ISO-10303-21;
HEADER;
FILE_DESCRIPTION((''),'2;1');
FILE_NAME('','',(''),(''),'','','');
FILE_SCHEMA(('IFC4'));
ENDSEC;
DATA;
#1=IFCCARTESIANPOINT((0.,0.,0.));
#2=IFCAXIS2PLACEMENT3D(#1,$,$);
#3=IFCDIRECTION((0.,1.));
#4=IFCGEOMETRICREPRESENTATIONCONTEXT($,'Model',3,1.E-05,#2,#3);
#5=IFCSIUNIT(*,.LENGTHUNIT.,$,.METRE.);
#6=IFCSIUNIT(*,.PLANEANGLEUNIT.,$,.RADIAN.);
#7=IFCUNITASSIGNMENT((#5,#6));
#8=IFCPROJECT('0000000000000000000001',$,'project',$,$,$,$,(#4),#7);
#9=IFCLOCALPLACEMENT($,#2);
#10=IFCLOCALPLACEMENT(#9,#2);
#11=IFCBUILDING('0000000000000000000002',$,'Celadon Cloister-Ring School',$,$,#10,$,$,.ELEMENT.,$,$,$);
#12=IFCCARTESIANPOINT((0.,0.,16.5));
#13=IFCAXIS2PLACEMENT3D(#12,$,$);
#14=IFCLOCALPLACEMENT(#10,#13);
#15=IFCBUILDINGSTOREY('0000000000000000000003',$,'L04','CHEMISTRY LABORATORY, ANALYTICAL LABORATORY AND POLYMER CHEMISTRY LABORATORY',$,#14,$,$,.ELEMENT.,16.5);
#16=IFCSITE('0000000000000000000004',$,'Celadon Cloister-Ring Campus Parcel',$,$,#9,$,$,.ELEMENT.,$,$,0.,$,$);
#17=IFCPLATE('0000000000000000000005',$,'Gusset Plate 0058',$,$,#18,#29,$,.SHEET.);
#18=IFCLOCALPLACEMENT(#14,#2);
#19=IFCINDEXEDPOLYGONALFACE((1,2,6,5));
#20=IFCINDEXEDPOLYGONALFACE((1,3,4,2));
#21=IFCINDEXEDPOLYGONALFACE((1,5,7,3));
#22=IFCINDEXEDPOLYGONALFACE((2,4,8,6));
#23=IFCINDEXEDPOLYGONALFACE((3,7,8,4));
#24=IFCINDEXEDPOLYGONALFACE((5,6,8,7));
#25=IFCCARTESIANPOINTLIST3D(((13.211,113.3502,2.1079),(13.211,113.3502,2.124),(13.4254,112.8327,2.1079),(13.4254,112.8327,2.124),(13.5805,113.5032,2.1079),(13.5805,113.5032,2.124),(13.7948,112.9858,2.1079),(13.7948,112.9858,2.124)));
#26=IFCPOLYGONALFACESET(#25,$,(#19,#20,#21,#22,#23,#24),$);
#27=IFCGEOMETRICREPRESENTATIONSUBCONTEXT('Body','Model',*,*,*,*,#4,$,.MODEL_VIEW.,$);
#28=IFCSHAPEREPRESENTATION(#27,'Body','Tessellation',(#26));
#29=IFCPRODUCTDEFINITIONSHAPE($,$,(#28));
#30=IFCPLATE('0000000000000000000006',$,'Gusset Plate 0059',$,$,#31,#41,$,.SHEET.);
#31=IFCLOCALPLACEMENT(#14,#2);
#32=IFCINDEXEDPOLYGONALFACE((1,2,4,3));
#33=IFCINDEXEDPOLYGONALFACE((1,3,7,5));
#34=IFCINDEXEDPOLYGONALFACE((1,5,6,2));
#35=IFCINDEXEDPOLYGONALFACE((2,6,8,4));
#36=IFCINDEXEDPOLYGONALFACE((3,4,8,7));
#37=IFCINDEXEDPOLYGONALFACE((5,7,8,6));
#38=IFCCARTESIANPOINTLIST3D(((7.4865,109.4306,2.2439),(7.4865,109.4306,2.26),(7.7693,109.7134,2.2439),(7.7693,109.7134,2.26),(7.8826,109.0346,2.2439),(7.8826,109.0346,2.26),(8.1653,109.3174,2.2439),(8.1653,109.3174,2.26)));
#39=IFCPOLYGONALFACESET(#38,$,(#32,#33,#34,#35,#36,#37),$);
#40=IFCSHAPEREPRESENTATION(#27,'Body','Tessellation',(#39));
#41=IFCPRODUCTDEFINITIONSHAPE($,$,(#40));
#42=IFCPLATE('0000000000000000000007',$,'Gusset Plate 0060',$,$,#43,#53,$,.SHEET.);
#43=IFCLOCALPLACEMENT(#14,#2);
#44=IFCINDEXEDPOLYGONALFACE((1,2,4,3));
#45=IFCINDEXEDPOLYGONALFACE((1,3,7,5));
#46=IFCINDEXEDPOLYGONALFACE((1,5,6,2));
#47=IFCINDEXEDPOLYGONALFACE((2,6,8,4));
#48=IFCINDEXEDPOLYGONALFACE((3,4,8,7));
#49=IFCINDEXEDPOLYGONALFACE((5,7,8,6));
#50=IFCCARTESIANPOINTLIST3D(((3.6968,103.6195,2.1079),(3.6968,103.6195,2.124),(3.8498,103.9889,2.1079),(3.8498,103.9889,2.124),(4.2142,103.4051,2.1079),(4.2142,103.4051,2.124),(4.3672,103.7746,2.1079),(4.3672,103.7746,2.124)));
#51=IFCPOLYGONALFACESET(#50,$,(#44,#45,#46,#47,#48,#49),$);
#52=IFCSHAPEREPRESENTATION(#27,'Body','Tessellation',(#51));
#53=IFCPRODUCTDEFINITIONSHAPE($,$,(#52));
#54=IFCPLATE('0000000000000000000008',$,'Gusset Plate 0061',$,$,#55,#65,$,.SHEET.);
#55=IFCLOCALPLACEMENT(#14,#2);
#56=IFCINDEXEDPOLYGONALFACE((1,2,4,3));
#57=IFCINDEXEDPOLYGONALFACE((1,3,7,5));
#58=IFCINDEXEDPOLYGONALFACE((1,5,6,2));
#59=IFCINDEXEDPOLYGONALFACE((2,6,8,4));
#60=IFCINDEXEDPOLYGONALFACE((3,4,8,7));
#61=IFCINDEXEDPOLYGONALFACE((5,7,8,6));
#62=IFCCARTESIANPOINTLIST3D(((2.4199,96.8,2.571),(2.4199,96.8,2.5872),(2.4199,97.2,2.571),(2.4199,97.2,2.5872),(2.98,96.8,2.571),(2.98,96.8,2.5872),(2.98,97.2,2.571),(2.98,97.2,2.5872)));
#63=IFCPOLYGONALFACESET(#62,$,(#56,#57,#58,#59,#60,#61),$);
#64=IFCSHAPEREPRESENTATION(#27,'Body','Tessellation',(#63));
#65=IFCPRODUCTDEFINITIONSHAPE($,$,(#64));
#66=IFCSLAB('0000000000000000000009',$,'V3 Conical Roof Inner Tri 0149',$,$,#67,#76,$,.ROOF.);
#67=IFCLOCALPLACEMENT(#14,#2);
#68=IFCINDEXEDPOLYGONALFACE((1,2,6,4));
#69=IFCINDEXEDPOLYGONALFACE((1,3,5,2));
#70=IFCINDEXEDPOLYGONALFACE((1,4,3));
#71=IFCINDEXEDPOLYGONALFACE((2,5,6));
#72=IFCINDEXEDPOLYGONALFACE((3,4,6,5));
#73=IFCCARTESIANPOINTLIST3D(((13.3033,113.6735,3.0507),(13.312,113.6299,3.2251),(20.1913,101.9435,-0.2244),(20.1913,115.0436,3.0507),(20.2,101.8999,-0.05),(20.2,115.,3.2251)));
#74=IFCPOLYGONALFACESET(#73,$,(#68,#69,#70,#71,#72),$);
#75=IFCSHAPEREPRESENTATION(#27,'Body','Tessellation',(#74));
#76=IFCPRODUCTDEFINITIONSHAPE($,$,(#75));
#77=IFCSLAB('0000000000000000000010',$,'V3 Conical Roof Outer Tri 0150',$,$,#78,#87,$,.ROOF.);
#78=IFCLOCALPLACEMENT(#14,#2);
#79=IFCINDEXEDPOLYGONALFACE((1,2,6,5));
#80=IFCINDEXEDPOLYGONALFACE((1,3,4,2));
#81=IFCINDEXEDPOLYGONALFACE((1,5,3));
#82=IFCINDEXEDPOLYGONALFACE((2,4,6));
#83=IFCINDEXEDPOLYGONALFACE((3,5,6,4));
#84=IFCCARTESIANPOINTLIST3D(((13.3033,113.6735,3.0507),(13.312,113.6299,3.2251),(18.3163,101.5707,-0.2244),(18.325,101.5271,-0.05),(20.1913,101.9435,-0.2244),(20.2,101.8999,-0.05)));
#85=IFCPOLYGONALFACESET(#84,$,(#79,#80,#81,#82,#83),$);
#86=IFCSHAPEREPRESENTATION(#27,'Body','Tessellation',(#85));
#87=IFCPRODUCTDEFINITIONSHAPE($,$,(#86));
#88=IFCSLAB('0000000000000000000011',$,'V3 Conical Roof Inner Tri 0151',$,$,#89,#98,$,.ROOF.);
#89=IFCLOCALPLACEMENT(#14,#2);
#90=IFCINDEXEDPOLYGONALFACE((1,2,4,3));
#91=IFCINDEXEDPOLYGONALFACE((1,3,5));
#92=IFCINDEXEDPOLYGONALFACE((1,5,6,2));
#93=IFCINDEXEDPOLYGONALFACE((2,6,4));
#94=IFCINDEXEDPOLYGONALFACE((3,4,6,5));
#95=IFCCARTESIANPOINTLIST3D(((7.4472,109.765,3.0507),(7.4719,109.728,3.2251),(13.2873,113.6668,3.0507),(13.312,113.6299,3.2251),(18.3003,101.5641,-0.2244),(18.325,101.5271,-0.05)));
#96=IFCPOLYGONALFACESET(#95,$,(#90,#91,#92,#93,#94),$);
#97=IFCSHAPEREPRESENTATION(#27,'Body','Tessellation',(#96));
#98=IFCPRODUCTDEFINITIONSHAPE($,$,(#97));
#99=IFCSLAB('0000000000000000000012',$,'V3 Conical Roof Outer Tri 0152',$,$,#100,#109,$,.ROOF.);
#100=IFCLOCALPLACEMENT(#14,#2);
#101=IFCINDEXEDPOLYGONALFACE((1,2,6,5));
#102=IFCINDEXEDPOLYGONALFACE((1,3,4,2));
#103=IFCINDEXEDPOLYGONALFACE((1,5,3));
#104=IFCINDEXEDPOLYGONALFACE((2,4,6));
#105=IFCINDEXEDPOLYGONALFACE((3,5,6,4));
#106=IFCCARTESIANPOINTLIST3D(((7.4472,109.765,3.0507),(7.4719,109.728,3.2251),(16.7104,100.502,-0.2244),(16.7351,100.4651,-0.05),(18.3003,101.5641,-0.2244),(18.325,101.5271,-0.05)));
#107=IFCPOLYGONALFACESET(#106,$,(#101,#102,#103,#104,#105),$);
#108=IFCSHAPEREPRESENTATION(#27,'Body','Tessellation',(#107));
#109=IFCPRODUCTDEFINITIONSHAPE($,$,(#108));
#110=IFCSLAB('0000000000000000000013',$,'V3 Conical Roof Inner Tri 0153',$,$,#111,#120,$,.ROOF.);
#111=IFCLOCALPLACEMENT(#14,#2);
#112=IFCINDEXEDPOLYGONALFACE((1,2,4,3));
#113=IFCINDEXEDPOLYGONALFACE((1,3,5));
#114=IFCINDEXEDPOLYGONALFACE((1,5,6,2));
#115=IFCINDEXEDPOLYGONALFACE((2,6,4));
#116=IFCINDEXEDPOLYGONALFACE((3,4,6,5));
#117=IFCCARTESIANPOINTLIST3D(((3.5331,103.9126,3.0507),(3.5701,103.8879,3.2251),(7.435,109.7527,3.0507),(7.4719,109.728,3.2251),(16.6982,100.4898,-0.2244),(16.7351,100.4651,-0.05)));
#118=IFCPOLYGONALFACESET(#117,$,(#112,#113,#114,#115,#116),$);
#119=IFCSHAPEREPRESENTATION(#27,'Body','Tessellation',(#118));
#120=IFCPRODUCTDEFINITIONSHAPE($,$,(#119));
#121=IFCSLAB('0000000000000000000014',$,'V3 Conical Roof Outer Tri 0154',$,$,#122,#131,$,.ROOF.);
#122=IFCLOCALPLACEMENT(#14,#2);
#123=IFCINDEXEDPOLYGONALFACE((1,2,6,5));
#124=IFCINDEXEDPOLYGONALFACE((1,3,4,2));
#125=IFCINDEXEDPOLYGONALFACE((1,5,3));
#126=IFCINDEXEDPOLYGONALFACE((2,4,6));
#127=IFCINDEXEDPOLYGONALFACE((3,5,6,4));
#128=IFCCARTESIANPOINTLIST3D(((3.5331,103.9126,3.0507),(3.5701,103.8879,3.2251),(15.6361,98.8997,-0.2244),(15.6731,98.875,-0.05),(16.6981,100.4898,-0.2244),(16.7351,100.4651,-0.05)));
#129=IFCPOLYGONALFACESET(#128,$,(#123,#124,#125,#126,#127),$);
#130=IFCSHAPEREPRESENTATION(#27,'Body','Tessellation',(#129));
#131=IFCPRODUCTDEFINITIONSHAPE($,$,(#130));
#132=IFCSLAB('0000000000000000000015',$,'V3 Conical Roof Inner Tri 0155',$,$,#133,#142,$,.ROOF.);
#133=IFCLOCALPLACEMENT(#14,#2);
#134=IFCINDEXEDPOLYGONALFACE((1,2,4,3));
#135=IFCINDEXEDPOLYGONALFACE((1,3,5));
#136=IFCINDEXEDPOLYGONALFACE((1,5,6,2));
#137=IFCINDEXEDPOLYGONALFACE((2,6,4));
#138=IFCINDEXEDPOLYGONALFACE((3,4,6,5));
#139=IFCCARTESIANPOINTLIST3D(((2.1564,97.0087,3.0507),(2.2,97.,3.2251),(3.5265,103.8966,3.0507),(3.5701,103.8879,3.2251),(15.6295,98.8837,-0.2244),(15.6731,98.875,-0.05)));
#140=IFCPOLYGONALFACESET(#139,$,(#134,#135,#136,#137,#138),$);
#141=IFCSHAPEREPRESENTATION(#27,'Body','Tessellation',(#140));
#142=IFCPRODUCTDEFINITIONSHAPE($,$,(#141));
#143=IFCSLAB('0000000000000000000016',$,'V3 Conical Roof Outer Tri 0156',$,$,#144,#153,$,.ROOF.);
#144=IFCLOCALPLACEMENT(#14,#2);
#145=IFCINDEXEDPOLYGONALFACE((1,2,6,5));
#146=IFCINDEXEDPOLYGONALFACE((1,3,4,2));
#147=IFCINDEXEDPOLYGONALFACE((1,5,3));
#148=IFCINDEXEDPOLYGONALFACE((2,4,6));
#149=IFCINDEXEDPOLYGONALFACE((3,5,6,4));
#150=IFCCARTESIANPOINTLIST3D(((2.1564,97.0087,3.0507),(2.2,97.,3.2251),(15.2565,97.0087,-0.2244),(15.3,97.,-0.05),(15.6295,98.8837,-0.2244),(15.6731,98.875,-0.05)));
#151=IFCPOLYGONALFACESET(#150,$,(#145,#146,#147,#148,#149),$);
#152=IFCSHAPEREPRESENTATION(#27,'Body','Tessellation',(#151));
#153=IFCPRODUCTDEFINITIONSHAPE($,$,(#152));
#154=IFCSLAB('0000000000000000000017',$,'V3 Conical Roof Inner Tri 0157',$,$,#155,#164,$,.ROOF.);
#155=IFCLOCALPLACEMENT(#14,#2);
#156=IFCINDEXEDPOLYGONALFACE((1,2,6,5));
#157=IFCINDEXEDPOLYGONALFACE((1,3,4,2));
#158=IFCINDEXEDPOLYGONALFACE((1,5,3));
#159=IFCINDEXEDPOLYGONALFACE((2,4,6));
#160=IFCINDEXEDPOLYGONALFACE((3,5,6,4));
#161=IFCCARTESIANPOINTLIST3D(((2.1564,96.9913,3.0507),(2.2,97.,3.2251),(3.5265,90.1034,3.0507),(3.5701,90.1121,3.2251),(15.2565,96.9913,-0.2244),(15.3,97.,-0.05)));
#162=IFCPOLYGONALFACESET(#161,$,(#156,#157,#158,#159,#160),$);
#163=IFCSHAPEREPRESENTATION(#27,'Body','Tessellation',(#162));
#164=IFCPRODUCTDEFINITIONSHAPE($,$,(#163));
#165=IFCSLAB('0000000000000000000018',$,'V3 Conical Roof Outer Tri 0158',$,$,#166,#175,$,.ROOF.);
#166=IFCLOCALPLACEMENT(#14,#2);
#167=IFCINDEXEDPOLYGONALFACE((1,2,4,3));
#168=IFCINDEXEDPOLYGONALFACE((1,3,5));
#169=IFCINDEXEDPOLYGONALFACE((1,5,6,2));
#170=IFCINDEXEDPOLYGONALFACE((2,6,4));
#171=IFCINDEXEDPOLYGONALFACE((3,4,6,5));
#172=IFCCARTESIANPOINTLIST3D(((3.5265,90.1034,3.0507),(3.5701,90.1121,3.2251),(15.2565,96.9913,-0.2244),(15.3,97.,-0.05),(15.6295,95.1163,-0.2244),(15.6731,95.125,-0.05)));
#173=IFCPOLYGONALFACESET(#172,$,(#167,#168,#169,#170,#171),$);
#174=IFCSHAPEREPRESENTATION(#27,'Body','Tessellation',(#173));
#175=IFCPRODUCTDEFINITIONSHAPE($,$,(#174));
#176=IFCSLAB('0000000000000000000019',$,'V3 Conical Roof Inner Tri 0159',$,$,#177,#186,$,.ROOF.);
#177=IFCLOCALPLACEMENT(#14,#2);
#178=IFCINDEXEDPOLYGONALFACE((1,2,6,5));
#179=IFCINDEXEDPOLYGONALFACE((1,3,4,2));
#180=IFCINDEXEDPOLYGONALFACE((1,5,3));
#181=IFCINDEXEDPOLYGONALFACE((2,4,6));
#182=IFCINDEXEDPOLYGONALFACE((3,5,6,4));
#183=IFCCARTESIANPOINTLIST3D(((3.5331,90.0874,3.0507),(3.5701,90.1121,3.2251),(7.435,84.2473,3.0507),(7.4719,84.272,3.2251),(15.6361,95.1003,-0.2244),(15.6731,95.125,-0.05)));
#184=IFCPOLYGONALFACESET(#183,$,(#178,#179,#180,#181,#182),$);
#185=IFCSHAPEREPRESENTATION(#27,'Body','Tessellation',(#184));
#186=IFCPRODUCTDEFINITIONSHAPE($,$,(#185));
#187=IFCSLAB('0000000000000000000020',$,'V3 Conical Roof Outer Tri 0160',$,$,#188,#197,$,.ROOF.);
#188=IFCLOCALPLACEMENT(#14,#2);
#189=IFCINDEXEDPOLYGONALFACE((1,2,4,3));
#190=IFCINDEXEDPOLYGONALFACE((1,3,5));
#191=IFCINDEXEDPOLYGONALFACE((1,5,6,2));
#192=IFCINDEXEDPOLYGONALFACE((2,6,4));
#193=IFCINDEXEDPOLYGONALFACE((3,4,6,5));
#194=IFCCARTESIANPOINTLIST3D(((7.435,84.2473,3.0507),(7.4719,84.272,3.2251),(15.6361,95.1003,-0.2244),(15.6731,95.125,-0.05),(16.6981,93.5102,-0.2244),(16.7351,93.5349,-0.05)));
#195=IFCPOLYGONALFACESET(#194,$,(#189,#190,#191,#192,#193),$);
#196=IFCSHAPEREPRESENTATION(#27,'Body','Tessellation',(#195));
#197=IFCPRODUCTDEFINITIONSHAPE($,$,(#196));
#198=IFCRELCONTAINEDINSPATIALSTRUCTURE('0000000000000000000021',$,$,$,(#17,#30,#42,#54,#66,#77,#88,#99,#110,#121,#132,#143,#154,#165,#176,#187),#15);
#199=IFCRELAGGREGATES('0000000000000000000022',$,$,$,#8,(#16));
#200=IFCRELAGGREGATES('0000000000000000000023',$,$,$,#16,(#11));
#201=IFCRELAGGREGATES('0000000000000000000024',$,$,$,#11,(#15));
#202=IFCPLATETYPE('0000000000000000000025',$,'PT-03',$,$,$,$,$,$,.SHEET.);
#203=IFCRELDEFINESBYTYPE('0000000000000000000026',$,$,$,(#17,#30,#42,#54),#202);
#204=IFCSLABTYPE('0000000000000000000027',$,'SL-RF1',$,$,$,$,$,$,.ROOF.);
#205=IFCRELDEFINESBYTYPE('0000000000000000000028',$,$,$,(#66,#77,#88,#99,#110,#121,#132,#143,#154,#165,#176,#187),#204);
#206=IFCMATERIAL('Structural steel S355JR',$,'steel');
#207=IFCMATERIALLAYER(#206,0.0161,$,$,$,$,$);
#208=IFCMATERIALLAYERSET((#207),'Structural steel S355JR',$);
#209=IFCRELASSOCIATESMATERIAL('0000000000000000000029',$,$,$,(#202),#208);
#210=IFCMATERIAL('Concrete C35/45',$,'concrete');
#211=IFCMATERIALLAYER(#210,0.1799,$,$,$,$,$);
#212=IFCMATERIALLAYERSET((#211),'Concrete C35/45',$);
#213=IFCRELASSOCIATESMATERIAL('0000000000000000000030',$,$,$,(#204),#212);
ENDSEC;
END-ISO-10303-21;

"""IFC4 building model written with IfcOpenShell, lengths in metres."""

from ifc_helpers import new_model, si_unit, direction, frame, origin, origin_2d, place, context, subcontext, project, spatial, polyline, rectangle, outline, extrude, material, layer, layer_set, type_object, element, save


model = new_model("IFC4")

# Units and contexts
model_context = context("Model", 3, precision=1e-05, world=origin(), true_north=direction((0.0, 1.0)))
body_context = subcontext(model_context, "Body", "Model", "MODEL_VIEW")
ifc_project = project(units=[si_unit("LENGTHUNIT", "METRE"), si_unit("PLANEANGLEUNIT", "RADIAN")], contexts=[model_context])

# Site, building, storey
site_placement = place(None, origin())
site = spatial("IfcSite", under=ifc_project, at=site_placement, Name="Celadon Cloister-Ring Campus Parcel", CompositionType="ELEMENT", RefElevation=0.0)
building_placement = place(site_placement, origin())
building = spatial("IfcBuilding", under=site, at=building_placement, Name="Celadon Cloister-Ring School", CompositionType="ELEMENT")
storey_placement = place(building_placement, frame((0.0, 0.0, 16.5)))
storey = spatial("IfcBuildingStorey", under=building, at=storey_placement, Name="L04", Description="CHEMISTRY LABORATORY, ANALYTICAL LABORATORY AND POLYMER CHEMISTRY LABORATORY", CompositionType="ELEMENT", Elevation=16.5)

# Plates
ifc_material_1 = material(Name="Structural steel S355JR", Category="steel")
ifc_layer_1 = layer(ifc_material_1, 0.0161)
ifc_layer_set_1 = layer_set([ifc_layer_1], Name="Structural steel S355JR")
plate_type = type_object("IfcPlateType", Name="PT-03", PredefinedType="SHEET", material=ifc_layer_set_1)
for number, where, z_axis, x_axis, name in (
    (1, (13.5029, 113.168, 2.1079), (0.0, 0.0, 1.0), (-0.382683, 0.92388, 0.0), "Gusset Plate 0058"),
    (2, (7.8259, 109.374, 2.2439), (0.0, 0.0, 1.0), (-0.707107, 0.707107, 0.0), "Gusset Plate 0059"),
    (3, (4.032, 103.697, 2.1079), (0.0, 0.0, 1.0), (-0.92388, 0.382683, 0.0), "Gusset Plate 0060"),
    (4, (2.7, 97.0, 2.571), (0.0, 0.0, 1.0), (-1.0, 0.0, 0.0), "Gusset Plate 0061"),
):
    element("IfcPlate", number, at=place(storey_placement, frame(where, z_axis=z_axis, x_axis=x_axis)), inside=storey, type_object=plate_type, Name=name, PredefinedType="SHEET", context=body_context, shape_type="SweptSolid", body=[
        extrude(rectangle(XDim=0.5601, YDim=0.3999, at=origin_2d()), origin(), (0.0, 0.0, 1.0), 0.0161),
    ])

# Slabs
ifc_material_2 = material(Name="Concrete C35/45", Category="concrete")
ifc_layer_2 = layer(ifc_material_2, 0.1799)
ifc_layer_set_2 = layer_set([ifc_layer_2], Name="Concrete C35/45")
slab_type = type_object("IfcSlabType", Name="SL-RF1", PredefinedType="ROOF", material=ifc_layer_set_2)
slab_1_placement = place(storey_placement, frame((20.2, 101.8999, -0.05), z_axis=(0.04819, -0.242262, 0.969013), x_axis=(0.0, 0.97014, 0.242544)))
element("IfcSlab", 5, at=slab_1_placement, inside=storey, type_object=slab_type, Name="V3 Conical Roof Inner Tri 0149", PredefinedType="ROOF", context=body_context, shape_type="SweptSolid", body=[
    extrude(outline(polyline([(0.0, 0.0), (13.5033, 0.0), (12.1741, 6.896), (0.0, 0.0)])), origin(), (0.0, 0.0, -1.0), 0.1799),
])
slab_2_placement = place(storey_placement, frame((20.2, 101.8999, -0.05), z_axis=(0.048171, -0.242273, 0.969012), x_axis=(-0.492294, 0.838363, 0.234081)))
element("IfcSlab", 6, at=slab_2_placement, inside=storey, type_object=slab_type, Name="V3 Conical Roof Outer Tri 0150", PredefinedType="ROOF", context=body_context, shape_type="SweptSolid", body=[
    extrude(outline(polyline([(0.0, 0.0), (13.9915, 0.0), (0.6105, 1.8116), (0.0, 0.0)])), origin(), (0.0, 0.0, -1.0), 0.1799),
])
slab_3_placement = place(storey_placement, frame((18.325, 101.5271, -0.05), z_axis=(0.137223, -0.205388, 0.969013), x_axis=(-0.371244, 0.896297, 0.242548)))
element("IfcSlab", 7, at=slab_3_placement, inside=storey, type_object=slab_type, Name="V3 Conical Roof Inner Tri 0151", PredefinedType="ROOF", context=body_context, shape_type="SweptSolid", body=[
    extrude(outline(polyline([(0.0, 0.0), (13.5031, 0.0), (12.174, 6.8967), (0.0, 0.0)])), origin(), (0.0, 0.0, -1.0), 0.1799),
])
slab_4_placement = place(storey_placement, frame((18.325, 101.5271, -0.05), z_axis=(0.13721, -0.205405, 0.969011), x_axis=(-0.775671, 0.586125, 0.234076)))
element("IfcSlab", 8, at=slab_4_placement, inside=storey, type_object=slab_type, Name="V3 Conical Roof Outer Tri 0152", PredefinedType="ROOF", context=body_context, shape_type="SweptSolid", body=[
    extrude(outline(polyline([(0.0, 0.0), (13.9918, 0.0), (0.6107, 1.8118), (0.0, 0.0)])), origin(), (0.0, 0.0, -1.0), 0.1799),
])
slab_5_placement = place(storey_placement, frame((16.7351, 100.4651, -0.05), z_axis=(0.205389, -0.137224, 0.969012), x_axis=(-0.686001, 0.685983, 0.242547)))
element("IfcSlab", 9, at=slab_5_placement, inside=storey, type_object=slab_type, Name="V3 Conical Roof Inner Tri 0153", PredefinedType="ROOF", context=body_context, shape_type="SweptSolid", body=[
    extrude(outline(polyline([(0.0, 0.0), (13.5032, 0.0), (12.1736, 6.8966), (0.0, 0.0)])), origin(), (0.0, 0.0, -1.0), 0.1799),
])
slab_6_placement = place(storey_placement, frame((16.7351, 100.4651, -0.05), z_axis=(0.2054, -0.137186, 0.969015), x_axis=(-0.940934, 0.244639, 0.234082)))
element("IfcSlab", 10, at=slab_6_placement, inside=storey, type_object=slab_type, Name="V3 Conical Roof Outer Tri 0154", PredefinedType="ROOF", context=body_context, shape_type="SweptSolid", body=[
    extrude(outline(polyline([(0.0, 0.0), (13.9915, 0.0), (0.6103, 1.8121), (0.0, 0.0)])), origin(), (0.0, 0.0, -1.0), 0.1799),
])
slab_7_placement = place(storey_placement, frame((15.6731, 98.875, -0.05), z_axis=(0.242261, -0.048189, 0.969014), x_axis=(-0.896301, 0.371238, 0.242544)))
element("IfcSlab", 11, at=slab_7_placement, inside=storey, type_object=slab_type, Name="V3 Conical Roof Inner Tri 0155", PredefinedType="ROOF", context=body_context, shape_type="SweptSolid", body=[
    extrude(outline(polyline([(0.0, 0.0), (13.5033, 0.0), (12.1743, 6.896), (0.0, 0.0)])), origin(), (0.0, 0.0, -1.0), 0.1799),
])
slab_8_placement = place(storey_placement, frame((15.6731, 98.875, -0.05), z_axis=(0.242262, -0.0482, 0.969013), x_axis=(-0.962938, -0.134008, 0.234078)))
element("IfcSlab", 12, at=slab_8_placement, inside=storey, type_object=slab_type, Name="V3 Conical Roof Outer Tri 0156", PredefinedType="ROOF", context=body_context, shape_type="SweptSolid", body=[
    extrude(outline(polyline([(0.0, 0.0), (13.9917, 0.0), (0.6105, 1.8117), (0.0, 0.0)])), origin(), (0.0, 0.0, -1.0), 0.1799),
])
slab_9_placement = place(storey_placement, frame((15.3, 97.0, -0.05), z_axis=(0.242262, 0.04819, 0.969013), x_axis=(-0.97014, 0.0, 0.242544)))
element("IfcSlab", 13, at=slab_9_placement, inside=storey, type_object=slab_type, Name="V3 Conical Roof Inner Tri 0157", PredefinedType="ROOF", context=body_context, shape_type="SweptSolid", body=[
    extrude(outline(polyline([(0.0, 0.0), (13.5033, 0.0), (12.1741, 6.896), (0.0, 0.0)])), origin(), (0.0, 0.0, -1.0), 0.1799),
])
slab_10_placement = place(storey_placement, frame((15.3, 97.0, -0.05), z_axis=(0.242257, 0.048199, 0.969014), x_axis=(-0.838363, -0.492294, 0.234081)))
element("IfcSlab", 14, at=slab_10_placement, inside=storey, type_object=slab_type, Name="V3 Conical Roof Outer Tri 0158", PredefinedType="ROOF", context=body_context, shape_type="SweptSolid", body=[
    extrude(outline(polyline([(0.0, 0.0), (13.9915, 0.0), (0.6103, 1.8117), (0.0, 0.0)])), origin(), (0.0, 0.0, -1.0), 0.1799),
])
slab_11_placement = place(storey_placement, frame((15.6731, 95.125, -0.05), z_axis=(0.205385, 0.137221, 0.969014), x_axis=(-0.896301, -0.371238, 0.242544)))
element("IfcSlab", 15, at=slab_11_placement, inside=storey, type_object=slab_type, Name="V3 Conical Roof Inner Tri 0159", PredefinedType="ROOF", context=body_context, shape_type="SweptSolid", body=[
    extrude(outline(polyline([(0.0, 0.0), (13.5033, 0.0), (12.1741, 6.8967), (0.0, 0.0)])), origin(), (0.0, 0.0, -1.0), 0.1799),
])
slab_12_placement = place(storey_placement, frame((15.6731, 95.125, -0.05), z_axis=(0.205416, 0.137196, 0.96901), x_axis=(-0.586136, -0.775664, 0.234074)))
element("IfcSlab", 16, at=slab_12_placement, inside=storey, type_object=slab_type, Name="V3 Conical Roof Outer Tri 0160", PredefinedType="ROOF", context=body_context, shape_type="SweptSolid", body=[
    extrude(outline(polyline([(0.0, 0.0), (13.9919, 0.0), (0.6109, 1.8119), (0.0, 0.0)])), origin(), (0.0, 0.0, -1.0), 0.1799),
])

save(model, "model.ifc")
